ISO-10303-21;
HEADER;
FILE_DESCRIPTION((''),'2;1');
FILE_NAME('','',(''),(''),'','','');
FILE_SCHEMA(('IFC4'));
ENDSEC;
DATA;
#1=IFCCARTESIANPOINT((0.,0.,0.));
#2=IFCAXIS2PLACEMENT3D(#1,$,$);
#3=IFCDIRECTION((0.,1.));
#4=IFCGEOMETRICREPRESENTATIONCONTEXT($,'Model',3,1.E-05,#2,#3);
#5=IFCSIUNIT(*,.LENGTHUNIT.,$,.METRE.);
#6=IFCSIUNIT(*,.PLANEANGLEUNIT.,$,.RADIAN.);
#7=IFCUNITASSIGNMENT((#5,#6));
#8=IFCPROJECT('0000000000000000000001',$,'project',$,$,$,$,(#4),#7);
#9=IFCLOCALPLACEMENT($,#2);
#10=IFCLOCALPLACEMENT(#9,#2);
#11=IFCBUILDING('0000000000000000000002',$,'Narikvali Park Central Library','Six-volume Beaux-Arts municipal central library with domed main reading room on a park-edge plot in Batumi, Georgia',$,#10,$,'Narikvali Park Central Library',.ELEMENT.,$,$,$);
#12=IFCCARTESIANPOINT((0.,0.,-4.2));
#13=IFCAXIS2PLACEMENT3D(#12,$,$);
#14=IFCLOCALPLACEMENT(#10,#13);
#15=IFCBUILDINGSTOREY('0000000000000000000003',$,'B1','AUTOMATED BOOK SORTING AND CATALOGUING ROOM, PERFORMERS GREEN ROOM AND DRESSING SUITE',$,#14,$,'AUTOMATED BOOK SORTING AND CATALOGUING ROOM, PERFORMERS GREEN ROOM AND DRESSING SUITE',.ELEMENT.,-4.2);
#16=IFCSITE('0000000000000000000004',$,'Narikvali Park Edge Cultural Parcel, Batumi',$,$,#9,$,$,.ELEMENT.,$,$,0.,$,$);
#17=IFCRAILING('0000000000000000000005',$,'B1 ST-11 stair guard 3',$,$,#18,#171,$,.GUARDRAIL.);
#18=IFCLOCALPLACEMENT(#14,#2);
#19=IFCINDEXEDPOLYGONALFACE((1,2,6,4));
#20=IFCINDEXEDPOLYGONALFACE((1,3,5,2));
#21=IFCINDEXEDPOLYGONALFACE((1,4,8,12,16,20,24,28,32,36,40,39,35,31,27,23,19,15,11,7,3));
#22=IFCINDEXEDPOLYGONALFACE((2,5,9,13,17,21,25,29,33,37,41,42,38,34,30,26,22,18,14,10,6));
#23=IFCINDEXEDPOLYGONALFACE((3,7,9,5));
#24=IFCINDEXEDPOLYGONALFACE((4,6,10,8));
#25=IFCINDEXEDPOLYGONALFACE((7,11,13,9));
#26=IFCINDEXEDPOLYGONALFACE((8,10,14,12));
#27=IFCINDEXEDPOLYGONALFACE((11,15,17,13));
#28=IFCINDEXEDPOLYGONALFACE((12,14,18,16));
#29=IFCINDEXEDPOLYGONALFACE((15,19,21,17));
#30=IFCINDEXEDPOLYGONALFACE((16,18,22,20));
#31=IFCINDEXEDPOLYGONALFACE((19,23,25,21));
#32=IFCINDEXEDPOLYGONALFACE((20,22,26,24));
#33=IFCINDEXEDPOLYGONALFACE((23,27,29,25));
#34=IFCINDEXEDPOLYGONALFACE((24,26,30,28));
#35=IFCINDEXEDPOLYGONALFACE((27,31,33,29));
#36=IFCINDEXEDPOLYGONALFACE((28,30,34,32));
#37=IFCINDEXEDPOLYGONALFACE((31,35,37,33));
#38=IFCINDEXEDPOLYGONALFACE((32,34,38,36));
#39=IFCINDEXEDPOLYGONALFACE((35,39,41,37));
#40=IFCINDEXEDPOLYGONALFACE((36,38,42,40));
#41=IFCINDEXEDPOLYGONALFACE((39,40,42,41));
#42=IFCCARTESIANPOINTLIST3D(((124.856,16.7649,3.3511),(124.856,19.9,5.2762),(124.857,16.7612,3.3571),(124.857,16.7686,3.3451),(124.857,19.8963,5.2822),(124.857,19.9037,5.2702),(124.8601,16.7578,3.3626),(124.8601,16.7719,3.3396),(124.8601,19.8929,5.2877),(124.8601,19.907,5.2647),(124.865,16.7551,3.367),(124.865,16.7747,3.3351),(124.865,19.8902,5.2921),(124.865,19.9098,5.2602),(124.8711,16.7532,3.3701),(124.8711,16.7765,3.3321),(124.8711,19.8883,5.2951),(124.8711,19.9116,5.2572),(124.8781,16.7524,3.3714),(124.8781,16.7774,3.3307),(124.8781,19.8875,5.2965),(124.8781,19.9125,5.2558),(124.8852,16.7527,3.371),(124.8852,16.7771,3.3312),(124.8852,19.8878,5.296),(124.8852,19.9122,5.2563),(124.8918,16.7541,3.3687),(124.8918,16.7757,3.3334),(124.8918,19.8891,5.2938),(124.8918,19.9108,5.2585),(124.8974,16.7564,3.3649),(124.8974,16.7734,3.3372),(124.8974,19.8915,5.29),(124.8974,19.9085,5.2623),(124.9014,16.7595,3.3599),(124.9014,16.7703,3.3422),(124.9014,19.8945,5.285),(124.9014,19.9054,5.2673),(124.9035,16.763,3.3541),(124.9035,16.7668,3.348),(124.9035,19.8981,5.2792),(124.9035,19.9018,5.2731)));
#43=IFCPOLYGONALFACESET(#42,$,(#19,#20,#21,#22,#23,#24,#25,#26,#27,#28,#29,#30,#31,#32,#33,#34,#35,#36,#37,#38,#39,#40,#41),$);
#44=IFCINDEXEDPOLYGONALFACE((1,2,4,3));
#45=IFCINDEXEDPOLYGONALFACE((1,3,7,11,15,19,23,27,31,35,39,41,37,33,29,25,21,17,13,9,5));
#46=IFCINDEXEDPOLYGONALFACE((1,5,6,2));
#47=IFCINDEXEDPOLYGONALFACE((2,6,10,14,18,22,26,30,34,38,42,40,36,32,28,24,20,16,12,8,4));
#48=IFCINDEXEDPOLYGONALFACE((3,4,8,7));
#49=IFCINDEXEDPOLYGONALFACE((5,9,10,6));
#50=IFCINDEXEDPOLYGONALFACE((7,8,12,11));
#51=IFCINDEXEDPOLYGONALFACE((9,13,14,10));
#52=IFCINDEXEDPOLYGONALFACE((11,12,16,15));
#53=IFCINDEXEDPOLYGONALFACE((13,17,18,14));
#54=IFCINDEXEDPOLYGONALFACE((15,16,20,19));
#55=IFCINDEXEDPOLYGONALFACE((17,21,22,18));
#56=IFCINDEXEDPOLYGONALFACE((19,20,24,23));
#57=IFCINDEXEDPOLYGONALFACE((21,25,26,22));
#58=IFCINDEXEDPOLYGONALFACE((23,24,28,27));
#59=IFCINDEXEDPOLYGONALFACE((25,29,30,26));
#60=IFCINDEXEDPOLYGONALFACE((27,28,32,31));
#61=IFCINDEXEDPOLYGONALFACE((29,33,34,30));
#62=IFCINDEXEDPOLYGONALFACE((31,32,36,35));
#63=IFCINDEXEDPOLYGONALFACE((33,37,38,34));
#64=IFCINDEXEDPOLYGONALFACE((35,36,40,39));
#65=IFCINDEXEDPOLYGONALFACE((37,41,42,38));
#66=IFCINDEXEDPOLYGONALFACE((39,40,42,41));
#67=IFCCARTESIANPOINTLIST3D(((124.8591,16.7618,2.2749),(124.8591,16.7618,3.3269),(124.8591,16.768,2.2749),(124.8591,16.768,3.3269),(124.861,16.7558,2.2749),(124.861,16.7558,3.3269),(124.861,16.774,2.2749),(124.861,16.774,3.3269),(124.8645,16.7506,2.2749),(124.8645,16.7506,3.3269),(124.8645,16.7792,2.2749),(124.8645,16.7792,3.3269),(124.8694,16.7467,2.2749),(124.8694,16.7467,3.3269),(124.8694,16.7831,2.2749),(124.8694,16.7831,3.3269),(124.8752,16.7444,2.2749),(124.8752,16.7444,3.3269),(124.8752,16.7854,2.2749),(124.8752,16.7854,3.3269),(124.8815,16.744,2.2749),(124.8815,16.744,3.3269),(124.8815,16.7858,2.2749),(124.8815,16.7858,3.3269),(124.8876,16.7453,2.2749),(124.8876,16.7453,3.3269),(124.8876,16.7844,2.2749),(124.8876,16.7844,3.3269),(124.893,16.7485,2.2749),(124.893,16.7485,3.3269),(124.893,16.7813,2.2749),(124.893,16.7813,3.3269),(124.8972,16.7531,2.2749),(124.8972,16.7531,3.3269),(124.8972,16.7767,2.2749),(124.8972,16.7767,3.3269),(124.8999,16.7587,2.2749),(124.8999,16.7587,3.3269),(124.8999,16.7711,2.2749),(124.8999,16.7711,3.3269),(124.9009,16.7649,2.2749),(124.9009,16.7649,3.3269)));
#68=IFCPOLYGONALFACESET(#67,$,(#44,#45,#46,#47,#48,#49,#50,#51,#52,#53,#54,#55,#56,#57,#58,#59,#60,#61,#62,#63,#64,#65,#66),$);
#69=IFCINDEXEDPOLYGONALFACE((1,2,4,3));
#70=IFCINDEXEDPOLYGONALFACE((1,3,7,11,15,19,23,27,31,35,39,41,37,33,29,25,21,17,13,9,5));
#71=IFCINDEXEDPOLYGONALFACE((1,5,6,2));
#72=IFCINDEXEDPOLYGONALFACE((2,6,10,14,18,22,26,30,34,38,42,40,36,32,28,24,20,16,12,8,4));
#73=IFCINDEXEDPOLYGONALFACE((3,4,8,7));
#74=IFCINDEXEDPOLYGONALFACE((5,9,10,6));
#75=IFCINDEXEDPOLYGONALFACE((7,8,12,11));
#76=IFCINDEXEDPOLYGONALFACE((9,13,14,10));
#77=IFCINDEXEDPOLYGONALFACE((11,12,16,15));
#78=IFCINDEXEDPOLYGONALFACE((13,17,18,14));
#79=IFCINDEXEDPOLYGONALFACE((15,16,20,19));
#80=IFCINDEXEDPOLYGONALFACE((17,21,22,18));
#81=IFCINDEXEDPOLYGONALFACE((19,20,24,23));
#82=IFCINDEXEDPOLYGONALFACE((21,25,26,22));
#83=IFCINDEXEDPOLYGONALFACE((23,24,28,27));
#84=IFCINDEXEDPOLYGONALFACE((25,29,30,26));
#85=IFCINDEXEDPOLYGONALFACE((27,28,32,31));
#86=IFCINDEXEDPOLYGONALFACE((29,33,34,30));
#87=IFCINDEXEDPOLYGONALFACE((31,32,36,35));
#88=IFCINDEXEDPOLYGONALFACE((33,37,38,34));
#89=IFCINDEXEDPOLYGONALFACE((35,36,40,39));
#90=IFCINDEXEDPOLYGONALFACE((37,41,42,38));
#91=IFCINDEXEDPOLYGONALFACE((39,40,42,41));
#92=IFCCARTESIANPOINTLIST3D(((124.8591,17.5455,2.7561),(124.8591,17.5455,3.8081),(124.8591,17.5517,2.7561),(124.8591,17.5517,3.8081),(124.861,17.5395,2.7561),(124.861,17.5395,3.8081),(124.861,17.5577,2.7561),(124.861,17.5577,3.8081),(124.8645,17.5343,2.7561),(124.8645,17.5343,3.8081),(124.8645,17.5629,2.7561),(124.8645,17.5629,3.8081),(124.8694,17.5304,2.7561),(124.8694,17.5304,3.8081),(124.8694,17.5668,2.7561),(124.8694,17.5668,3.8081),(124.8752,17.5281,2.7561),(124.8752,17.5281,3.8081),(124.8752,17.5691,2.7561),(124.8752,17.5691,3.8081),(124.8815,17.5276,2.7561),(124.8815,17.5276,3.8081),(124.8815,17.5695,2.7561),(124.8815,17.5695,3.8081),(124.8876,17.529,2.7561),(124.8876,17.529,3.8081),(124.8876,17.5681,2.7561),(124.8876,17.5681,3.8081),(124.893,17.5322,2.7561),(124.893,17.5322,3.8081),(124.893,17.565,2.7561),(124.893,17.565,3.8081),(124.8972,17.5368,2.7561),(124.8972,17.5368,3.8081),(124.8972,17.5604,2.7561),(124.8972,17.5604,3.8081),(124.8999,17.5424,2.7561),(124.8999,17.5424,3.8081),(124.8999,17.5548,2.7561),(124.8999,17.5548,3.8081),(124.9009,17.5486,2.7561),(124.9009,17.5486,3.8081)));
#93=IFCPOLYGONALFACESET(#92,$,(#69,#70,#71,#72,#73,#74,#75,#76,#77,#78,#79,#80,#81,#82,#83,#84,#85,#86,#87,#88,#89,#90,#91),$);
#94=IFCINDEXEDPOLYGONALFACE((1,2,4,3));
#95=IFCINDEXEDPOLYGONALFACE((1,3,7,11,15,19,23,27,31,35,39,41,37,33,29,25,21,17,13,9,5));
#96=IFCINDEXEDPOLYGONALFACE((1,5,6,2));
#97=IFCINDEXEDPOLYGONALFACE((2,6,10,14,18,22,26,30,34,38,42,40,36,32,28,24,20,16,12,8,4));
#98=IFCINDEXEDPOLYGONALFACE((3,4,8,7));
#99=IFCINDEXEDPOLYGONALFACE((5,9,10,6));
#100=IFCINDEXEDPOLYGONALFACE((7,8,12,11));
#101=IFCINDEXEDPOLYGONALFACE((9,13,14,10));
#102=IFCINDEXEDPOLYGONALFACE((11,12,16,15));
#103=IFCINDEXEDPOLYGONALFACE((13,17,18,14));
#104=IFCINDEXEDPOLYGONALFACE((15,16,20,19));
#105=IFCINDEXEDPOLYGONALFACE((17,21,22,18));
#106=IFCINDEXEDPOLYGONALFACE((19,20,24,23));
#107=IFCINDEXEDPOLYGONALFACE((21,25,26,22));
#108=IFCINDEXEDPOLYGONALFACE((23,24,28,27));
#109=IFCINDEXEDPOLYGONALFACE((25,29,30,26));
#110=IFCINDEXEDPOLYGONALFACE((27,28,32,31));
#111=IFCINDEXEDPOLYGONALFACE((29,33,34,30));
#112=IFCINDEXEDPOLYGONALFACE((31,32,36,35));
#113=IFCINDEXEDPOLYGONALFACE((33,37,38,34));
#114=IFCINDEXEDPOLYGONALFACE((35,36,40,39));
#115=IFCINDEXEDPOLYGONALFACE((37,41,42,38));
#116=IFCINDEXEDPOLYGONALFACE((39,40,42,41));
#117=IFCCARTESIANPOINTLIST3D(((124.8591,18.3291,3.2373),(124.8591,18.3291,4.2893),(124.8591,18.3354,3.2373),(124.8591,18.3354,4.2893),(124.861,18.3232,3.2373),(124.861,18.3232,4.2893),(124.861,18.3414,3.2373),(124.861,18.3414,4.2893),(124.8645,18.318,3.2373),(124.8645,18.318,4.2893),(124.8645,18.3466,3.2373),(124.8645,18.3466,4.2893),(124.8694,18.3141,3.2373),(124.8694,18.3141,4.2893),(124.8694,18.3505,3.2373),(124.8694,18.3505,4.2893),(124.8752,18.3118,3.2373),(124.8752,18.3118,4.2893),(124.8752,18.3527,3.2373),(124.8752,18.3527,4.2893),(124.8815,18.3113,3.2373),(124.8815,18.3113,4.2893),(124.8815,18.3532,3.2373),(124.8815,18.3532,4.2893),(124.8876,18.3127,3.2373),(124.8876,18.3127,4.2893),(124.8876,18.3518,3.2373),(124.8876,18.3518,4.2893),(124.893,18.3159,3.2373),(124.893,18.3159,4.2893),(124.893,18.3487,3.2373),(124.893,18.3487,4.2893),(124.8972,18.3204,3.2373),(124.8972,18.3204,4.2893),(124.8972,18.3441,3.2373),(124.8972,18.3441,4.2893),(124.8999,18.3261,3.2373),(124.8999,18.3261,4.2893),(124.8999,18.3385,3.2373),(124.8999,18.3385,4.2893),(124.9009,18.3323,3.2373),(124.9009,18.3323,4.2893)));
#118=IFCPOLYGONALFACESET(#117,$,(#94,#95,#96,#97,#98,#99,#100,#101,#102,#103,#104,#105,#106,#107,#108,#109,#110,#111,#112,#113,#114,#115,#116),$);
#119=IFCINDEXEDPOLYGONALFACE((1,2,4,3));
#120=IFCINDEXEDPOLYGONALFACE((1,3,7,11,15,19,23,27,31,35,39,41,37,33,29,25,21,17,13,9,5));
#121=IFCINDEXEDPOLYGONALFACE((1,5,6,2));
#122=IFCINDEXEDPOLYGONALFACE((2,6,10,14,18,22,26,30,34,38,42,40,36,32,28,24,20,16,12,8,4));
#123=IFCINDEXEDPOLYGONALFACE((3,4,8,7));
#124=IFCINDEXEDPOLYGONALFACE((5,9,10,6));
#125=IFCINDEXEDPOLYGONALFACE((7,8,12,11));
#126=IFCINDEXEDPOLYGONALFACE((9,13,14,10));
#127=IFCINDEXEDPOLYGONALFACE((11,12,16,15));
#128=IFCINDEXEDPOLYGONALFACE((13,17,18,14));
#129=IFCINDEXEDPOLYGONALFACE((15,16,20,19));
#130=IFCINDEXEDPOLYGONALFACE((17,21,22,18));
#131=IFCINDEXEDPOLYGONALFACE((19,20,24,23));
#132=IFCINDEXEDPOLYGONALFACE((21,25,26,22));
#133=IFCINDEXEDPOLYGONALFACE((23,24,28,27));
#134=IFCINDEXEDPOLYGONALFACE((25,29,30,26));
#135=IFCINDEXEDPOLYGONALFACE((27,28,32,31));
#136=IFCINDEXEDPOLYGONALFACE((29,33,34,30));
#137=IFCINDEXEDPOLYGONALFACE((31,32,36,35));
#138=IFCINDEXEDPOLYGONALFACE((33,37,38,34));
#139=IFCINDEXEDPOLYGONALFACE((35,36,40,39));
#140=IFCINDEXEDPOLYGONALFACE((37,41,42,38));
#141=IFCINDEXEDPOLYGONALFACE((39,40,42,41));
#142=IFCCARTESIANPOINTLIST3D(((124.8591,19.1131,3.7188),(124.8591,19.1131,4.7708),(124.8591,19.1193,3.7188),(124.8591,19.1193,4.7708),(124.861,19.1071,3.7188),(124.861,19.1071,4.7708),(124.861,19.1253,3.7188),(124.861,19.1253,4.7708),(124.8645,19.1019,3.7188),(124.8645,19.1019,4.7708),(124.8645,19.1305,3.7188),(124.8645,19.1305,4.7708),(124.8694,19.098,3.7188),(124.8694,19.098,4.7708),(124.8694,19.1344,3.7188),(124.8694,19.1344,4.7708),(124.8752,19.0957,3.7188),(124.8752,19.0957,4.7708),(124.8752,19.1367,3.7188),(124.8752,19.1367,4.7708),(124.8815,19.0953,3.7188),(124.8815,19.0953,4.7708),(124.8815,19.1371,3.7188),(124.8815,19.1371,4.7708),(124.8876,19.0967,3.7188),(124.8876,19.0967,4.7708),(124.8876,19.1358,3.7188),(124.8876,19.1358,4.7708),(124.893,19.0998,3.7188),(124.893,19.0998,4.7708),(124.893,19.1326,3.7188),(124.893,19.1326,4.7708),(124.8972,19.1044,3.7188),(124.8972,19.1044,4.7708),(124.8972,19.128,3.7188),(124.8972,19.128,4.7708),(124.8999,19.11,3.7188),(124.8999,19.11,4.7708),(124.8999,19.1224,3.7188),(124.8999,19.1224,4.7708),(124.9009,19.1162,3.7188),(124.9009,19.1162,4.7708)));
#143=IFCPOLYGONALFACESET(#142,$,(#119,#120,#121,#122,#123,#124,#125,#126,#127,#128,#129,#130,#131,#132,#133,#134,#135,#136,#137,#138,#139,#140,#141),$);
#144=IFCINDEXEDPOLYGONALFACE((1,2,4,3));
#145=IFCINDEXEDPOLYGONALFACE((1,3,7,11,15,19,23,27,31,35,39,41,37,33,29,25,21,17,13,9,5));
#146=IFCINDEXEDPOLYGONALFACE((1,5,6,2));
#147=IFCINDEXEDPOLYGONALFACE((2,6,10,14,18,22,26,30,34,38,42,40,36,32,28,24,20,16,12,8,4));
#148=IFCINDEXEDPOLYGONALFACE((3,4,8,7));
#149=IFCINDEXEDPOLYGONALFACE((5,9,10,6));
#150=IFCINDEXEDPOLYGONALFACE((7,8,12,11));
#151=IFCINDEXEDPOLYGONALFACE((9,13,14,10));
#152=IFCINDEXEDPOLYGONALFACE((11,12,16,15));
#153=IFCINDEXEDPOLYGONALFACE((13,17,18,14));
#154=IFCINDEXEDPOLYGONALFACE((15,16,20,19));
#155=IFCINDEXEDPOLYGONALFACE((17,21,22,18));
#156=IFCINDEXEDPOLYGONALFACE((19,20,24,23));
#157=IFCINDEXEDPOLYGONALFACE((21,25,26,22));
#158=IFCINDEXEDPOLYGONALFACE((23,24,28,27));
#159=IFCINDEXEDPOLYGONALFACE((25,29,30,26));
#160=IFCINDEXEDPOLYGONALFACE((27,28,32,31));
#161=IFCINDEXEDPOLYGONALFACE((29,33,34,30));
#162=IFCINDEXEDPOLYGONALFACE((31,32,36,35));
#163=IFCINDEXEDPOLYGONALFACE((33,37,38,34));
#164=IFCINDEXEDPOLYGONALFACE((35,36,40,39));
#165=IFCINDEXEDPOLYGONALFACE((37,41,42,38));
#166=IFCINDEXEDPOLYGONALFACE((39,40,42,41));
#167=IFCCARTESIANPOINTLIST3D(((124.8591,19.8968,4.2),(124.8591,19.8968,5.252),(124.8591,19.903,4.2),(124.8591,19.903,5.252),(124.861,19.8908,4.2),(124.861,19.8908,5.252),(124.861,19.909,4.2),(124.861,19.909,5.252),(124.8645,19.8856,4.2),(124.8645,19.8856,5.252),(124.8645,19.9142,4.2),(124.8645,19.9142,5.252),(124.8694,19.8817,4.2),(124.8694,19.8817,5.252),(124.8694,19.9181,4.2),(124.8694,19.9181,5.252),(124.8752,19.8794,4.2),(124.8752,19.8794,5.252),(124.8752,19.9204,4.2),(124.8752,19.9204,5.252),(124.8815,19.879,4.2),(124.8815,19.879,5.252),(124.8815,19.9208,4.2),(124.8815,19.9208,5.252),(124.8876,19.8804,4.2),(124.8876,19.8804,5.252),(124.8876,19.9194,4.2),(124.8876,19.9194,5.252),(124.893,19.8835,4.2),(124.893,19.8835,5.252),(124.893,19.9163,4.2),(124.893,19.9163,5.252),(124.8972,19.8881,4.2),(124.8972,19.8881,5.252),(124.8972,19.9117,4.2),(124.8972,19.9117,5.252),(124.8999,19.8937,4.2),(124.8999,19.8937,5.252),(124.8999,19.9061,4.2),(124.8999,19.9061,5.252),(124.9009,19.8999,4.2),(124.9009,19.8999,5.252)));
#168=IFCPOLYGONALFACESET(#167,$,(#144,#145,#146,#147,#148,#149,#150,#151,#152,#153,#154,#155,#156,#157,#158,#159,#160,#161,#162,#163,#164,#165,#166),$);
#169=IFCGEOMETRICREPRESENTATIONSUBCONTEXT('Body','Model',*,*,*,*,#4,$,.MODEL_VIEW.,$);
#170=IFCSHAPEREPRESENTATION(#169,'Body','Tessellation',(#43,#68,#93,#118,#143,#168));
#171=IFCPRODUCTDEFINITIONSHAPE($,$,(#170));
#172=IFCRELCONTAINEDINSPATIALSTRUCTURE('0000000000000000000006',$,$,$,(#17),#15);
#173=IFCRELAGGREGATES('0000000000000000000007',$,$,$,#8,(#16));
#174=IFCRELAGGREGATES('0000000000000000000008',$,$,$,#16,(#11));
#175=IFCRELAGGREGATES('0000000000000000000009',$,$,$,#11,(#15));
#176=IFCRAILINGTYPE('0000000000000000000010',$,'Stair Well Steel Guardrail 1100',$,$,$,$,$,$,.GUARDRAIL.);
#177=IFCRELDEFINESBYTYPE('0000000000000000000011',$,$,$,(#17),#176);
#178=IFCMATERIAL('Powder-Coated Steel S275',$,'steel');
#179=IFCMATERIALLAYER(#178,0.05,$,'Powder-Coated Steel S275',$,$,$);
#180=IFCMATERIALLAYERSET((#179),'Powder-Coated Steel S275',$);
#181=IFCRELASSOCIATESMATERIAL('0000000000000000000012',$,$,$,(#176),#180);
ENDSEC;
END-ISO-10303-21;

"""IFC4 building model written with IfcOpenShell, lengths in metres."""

from ifc_helpers import new_model, si_unit, direction, frame, origin, origin_2d, place, context, subcontext, project, spatial, circle, extrude, material, layer, layer_set, type_object, element, save


model = new_model("IFC4")

# Units and contexts
model_context = context("Model", 3, precision=1e-05, world=origin(), true_north=direction((0.0, 1.0)))
body_context = subcontext(model_context, "Body", "Model", "MODEL_VIEW")
ifc_project = project(units=[si_unit("LENGTHUNIT", "METRE"), si_unit("PLANEANGLEUNIT", "RADIAN")], contexts=[model_context])

# Site, building, storey
site_placement = place(None, origin())
site = spatial("IfcSite", under=ifc_project, at=site_placement, Name="Narikvali Park Edge Cultural Parcel, Batumi", CompositionType="ELEMENT", RefElevation=0.0)
building_placement = place(site_placement, origin())
building = spatial("IfcBuilding", under=site, at=building_placement, Name="Narikvali Park Central Library", Description="Six-volume Beaux-Arts municipal central library with domed main reading room on a park-edge plot in Batumi, Georgia", LongName="Narikvali Park Central Library", CompositionType="ELEMENT")
storey_placement = place(building_placement, frame((0.0, 0.0, -4.2)))
storey = spatial("IfcBuildingStorey", under=building, at=storey_placement, Name="B1", Description="AUTOMATED BOOK SORTING AND CATALOGUING ROOM, PERFORMERS GREEN ROOM AND DRESSING SUITE", LongName="AUTOMATED BOOK SORTING AND CATALOGUING ROOM, PERFORMERS GREEN ROOM AND DRESSING SUITE", CompositionType="ELEMENT", Elevation=-4.2)

# Railing
ifc_material_1 = material(Name="Powder-Coated Steel S275", Category="steel")
ifc_layer_1 = layer(ifc_material_1, 0.05, Name="Powder-Coated Steel S275")
ifc_layer_set_1 = layer_set([ifc_layer_1], Name="Powder-Coated Steel S275")
railing_type_1 = type_object("IfcRailingType", Name="Stair Well Steel Guardrail 1100", PredefinedType="GUARDRAIL", material=ifc_layer_set_1)
railing_1_placement = place(storey_placement, frame((124.8799, 16.7649, 2.2749)))
element("IfcRailing", 1, at=railing_1_placement, inside=storey, type_object=railing_type_1, Name="B1 ST-11 stair guard 3", PredefinedType="GUARDRAIL", context=body_context, shape_type="SweptSolid", body=[
    extrude(circle(Radius=0.0239, at=origin_2d()), frame((0.0, 0.0, 1.0762), z_axis=(0.0, 0.852166, 0.523271), x_axis=(-1.0, 0.0, 0.0)), (0.0, 0.0, 1.0), 3.679),
    extrude(circle(Radius=0.021, at=origin_2d()), origin(), (0.0, 0.0, 1.0), 1.052),
    extrude(circle(Radius=0.021, at=origin_2d()), frame((0.0, 0.7837, 0.4812)), (0.0, 0.0, 1.0), 1.052),
    extrude(circle(Radius=0.021, at=origin_2d()), frame((0.0, 1.5674, 0.9624)), (0.0, 0.0, 1.0), 1.052),
    extrude(circle(Radius=0.021, at=origin_2d()), frame((0.0, 2.3513, 1.4438)), (0.0, 0.0, 1.0), 1.052),
    extrude(circle(Radius=0.021, at=origin_2d()), frame((0.0, 3.135, 1.925)), (0.0, 0.0, 1.0), 1.052),
])

save(model, "model.ifc")
